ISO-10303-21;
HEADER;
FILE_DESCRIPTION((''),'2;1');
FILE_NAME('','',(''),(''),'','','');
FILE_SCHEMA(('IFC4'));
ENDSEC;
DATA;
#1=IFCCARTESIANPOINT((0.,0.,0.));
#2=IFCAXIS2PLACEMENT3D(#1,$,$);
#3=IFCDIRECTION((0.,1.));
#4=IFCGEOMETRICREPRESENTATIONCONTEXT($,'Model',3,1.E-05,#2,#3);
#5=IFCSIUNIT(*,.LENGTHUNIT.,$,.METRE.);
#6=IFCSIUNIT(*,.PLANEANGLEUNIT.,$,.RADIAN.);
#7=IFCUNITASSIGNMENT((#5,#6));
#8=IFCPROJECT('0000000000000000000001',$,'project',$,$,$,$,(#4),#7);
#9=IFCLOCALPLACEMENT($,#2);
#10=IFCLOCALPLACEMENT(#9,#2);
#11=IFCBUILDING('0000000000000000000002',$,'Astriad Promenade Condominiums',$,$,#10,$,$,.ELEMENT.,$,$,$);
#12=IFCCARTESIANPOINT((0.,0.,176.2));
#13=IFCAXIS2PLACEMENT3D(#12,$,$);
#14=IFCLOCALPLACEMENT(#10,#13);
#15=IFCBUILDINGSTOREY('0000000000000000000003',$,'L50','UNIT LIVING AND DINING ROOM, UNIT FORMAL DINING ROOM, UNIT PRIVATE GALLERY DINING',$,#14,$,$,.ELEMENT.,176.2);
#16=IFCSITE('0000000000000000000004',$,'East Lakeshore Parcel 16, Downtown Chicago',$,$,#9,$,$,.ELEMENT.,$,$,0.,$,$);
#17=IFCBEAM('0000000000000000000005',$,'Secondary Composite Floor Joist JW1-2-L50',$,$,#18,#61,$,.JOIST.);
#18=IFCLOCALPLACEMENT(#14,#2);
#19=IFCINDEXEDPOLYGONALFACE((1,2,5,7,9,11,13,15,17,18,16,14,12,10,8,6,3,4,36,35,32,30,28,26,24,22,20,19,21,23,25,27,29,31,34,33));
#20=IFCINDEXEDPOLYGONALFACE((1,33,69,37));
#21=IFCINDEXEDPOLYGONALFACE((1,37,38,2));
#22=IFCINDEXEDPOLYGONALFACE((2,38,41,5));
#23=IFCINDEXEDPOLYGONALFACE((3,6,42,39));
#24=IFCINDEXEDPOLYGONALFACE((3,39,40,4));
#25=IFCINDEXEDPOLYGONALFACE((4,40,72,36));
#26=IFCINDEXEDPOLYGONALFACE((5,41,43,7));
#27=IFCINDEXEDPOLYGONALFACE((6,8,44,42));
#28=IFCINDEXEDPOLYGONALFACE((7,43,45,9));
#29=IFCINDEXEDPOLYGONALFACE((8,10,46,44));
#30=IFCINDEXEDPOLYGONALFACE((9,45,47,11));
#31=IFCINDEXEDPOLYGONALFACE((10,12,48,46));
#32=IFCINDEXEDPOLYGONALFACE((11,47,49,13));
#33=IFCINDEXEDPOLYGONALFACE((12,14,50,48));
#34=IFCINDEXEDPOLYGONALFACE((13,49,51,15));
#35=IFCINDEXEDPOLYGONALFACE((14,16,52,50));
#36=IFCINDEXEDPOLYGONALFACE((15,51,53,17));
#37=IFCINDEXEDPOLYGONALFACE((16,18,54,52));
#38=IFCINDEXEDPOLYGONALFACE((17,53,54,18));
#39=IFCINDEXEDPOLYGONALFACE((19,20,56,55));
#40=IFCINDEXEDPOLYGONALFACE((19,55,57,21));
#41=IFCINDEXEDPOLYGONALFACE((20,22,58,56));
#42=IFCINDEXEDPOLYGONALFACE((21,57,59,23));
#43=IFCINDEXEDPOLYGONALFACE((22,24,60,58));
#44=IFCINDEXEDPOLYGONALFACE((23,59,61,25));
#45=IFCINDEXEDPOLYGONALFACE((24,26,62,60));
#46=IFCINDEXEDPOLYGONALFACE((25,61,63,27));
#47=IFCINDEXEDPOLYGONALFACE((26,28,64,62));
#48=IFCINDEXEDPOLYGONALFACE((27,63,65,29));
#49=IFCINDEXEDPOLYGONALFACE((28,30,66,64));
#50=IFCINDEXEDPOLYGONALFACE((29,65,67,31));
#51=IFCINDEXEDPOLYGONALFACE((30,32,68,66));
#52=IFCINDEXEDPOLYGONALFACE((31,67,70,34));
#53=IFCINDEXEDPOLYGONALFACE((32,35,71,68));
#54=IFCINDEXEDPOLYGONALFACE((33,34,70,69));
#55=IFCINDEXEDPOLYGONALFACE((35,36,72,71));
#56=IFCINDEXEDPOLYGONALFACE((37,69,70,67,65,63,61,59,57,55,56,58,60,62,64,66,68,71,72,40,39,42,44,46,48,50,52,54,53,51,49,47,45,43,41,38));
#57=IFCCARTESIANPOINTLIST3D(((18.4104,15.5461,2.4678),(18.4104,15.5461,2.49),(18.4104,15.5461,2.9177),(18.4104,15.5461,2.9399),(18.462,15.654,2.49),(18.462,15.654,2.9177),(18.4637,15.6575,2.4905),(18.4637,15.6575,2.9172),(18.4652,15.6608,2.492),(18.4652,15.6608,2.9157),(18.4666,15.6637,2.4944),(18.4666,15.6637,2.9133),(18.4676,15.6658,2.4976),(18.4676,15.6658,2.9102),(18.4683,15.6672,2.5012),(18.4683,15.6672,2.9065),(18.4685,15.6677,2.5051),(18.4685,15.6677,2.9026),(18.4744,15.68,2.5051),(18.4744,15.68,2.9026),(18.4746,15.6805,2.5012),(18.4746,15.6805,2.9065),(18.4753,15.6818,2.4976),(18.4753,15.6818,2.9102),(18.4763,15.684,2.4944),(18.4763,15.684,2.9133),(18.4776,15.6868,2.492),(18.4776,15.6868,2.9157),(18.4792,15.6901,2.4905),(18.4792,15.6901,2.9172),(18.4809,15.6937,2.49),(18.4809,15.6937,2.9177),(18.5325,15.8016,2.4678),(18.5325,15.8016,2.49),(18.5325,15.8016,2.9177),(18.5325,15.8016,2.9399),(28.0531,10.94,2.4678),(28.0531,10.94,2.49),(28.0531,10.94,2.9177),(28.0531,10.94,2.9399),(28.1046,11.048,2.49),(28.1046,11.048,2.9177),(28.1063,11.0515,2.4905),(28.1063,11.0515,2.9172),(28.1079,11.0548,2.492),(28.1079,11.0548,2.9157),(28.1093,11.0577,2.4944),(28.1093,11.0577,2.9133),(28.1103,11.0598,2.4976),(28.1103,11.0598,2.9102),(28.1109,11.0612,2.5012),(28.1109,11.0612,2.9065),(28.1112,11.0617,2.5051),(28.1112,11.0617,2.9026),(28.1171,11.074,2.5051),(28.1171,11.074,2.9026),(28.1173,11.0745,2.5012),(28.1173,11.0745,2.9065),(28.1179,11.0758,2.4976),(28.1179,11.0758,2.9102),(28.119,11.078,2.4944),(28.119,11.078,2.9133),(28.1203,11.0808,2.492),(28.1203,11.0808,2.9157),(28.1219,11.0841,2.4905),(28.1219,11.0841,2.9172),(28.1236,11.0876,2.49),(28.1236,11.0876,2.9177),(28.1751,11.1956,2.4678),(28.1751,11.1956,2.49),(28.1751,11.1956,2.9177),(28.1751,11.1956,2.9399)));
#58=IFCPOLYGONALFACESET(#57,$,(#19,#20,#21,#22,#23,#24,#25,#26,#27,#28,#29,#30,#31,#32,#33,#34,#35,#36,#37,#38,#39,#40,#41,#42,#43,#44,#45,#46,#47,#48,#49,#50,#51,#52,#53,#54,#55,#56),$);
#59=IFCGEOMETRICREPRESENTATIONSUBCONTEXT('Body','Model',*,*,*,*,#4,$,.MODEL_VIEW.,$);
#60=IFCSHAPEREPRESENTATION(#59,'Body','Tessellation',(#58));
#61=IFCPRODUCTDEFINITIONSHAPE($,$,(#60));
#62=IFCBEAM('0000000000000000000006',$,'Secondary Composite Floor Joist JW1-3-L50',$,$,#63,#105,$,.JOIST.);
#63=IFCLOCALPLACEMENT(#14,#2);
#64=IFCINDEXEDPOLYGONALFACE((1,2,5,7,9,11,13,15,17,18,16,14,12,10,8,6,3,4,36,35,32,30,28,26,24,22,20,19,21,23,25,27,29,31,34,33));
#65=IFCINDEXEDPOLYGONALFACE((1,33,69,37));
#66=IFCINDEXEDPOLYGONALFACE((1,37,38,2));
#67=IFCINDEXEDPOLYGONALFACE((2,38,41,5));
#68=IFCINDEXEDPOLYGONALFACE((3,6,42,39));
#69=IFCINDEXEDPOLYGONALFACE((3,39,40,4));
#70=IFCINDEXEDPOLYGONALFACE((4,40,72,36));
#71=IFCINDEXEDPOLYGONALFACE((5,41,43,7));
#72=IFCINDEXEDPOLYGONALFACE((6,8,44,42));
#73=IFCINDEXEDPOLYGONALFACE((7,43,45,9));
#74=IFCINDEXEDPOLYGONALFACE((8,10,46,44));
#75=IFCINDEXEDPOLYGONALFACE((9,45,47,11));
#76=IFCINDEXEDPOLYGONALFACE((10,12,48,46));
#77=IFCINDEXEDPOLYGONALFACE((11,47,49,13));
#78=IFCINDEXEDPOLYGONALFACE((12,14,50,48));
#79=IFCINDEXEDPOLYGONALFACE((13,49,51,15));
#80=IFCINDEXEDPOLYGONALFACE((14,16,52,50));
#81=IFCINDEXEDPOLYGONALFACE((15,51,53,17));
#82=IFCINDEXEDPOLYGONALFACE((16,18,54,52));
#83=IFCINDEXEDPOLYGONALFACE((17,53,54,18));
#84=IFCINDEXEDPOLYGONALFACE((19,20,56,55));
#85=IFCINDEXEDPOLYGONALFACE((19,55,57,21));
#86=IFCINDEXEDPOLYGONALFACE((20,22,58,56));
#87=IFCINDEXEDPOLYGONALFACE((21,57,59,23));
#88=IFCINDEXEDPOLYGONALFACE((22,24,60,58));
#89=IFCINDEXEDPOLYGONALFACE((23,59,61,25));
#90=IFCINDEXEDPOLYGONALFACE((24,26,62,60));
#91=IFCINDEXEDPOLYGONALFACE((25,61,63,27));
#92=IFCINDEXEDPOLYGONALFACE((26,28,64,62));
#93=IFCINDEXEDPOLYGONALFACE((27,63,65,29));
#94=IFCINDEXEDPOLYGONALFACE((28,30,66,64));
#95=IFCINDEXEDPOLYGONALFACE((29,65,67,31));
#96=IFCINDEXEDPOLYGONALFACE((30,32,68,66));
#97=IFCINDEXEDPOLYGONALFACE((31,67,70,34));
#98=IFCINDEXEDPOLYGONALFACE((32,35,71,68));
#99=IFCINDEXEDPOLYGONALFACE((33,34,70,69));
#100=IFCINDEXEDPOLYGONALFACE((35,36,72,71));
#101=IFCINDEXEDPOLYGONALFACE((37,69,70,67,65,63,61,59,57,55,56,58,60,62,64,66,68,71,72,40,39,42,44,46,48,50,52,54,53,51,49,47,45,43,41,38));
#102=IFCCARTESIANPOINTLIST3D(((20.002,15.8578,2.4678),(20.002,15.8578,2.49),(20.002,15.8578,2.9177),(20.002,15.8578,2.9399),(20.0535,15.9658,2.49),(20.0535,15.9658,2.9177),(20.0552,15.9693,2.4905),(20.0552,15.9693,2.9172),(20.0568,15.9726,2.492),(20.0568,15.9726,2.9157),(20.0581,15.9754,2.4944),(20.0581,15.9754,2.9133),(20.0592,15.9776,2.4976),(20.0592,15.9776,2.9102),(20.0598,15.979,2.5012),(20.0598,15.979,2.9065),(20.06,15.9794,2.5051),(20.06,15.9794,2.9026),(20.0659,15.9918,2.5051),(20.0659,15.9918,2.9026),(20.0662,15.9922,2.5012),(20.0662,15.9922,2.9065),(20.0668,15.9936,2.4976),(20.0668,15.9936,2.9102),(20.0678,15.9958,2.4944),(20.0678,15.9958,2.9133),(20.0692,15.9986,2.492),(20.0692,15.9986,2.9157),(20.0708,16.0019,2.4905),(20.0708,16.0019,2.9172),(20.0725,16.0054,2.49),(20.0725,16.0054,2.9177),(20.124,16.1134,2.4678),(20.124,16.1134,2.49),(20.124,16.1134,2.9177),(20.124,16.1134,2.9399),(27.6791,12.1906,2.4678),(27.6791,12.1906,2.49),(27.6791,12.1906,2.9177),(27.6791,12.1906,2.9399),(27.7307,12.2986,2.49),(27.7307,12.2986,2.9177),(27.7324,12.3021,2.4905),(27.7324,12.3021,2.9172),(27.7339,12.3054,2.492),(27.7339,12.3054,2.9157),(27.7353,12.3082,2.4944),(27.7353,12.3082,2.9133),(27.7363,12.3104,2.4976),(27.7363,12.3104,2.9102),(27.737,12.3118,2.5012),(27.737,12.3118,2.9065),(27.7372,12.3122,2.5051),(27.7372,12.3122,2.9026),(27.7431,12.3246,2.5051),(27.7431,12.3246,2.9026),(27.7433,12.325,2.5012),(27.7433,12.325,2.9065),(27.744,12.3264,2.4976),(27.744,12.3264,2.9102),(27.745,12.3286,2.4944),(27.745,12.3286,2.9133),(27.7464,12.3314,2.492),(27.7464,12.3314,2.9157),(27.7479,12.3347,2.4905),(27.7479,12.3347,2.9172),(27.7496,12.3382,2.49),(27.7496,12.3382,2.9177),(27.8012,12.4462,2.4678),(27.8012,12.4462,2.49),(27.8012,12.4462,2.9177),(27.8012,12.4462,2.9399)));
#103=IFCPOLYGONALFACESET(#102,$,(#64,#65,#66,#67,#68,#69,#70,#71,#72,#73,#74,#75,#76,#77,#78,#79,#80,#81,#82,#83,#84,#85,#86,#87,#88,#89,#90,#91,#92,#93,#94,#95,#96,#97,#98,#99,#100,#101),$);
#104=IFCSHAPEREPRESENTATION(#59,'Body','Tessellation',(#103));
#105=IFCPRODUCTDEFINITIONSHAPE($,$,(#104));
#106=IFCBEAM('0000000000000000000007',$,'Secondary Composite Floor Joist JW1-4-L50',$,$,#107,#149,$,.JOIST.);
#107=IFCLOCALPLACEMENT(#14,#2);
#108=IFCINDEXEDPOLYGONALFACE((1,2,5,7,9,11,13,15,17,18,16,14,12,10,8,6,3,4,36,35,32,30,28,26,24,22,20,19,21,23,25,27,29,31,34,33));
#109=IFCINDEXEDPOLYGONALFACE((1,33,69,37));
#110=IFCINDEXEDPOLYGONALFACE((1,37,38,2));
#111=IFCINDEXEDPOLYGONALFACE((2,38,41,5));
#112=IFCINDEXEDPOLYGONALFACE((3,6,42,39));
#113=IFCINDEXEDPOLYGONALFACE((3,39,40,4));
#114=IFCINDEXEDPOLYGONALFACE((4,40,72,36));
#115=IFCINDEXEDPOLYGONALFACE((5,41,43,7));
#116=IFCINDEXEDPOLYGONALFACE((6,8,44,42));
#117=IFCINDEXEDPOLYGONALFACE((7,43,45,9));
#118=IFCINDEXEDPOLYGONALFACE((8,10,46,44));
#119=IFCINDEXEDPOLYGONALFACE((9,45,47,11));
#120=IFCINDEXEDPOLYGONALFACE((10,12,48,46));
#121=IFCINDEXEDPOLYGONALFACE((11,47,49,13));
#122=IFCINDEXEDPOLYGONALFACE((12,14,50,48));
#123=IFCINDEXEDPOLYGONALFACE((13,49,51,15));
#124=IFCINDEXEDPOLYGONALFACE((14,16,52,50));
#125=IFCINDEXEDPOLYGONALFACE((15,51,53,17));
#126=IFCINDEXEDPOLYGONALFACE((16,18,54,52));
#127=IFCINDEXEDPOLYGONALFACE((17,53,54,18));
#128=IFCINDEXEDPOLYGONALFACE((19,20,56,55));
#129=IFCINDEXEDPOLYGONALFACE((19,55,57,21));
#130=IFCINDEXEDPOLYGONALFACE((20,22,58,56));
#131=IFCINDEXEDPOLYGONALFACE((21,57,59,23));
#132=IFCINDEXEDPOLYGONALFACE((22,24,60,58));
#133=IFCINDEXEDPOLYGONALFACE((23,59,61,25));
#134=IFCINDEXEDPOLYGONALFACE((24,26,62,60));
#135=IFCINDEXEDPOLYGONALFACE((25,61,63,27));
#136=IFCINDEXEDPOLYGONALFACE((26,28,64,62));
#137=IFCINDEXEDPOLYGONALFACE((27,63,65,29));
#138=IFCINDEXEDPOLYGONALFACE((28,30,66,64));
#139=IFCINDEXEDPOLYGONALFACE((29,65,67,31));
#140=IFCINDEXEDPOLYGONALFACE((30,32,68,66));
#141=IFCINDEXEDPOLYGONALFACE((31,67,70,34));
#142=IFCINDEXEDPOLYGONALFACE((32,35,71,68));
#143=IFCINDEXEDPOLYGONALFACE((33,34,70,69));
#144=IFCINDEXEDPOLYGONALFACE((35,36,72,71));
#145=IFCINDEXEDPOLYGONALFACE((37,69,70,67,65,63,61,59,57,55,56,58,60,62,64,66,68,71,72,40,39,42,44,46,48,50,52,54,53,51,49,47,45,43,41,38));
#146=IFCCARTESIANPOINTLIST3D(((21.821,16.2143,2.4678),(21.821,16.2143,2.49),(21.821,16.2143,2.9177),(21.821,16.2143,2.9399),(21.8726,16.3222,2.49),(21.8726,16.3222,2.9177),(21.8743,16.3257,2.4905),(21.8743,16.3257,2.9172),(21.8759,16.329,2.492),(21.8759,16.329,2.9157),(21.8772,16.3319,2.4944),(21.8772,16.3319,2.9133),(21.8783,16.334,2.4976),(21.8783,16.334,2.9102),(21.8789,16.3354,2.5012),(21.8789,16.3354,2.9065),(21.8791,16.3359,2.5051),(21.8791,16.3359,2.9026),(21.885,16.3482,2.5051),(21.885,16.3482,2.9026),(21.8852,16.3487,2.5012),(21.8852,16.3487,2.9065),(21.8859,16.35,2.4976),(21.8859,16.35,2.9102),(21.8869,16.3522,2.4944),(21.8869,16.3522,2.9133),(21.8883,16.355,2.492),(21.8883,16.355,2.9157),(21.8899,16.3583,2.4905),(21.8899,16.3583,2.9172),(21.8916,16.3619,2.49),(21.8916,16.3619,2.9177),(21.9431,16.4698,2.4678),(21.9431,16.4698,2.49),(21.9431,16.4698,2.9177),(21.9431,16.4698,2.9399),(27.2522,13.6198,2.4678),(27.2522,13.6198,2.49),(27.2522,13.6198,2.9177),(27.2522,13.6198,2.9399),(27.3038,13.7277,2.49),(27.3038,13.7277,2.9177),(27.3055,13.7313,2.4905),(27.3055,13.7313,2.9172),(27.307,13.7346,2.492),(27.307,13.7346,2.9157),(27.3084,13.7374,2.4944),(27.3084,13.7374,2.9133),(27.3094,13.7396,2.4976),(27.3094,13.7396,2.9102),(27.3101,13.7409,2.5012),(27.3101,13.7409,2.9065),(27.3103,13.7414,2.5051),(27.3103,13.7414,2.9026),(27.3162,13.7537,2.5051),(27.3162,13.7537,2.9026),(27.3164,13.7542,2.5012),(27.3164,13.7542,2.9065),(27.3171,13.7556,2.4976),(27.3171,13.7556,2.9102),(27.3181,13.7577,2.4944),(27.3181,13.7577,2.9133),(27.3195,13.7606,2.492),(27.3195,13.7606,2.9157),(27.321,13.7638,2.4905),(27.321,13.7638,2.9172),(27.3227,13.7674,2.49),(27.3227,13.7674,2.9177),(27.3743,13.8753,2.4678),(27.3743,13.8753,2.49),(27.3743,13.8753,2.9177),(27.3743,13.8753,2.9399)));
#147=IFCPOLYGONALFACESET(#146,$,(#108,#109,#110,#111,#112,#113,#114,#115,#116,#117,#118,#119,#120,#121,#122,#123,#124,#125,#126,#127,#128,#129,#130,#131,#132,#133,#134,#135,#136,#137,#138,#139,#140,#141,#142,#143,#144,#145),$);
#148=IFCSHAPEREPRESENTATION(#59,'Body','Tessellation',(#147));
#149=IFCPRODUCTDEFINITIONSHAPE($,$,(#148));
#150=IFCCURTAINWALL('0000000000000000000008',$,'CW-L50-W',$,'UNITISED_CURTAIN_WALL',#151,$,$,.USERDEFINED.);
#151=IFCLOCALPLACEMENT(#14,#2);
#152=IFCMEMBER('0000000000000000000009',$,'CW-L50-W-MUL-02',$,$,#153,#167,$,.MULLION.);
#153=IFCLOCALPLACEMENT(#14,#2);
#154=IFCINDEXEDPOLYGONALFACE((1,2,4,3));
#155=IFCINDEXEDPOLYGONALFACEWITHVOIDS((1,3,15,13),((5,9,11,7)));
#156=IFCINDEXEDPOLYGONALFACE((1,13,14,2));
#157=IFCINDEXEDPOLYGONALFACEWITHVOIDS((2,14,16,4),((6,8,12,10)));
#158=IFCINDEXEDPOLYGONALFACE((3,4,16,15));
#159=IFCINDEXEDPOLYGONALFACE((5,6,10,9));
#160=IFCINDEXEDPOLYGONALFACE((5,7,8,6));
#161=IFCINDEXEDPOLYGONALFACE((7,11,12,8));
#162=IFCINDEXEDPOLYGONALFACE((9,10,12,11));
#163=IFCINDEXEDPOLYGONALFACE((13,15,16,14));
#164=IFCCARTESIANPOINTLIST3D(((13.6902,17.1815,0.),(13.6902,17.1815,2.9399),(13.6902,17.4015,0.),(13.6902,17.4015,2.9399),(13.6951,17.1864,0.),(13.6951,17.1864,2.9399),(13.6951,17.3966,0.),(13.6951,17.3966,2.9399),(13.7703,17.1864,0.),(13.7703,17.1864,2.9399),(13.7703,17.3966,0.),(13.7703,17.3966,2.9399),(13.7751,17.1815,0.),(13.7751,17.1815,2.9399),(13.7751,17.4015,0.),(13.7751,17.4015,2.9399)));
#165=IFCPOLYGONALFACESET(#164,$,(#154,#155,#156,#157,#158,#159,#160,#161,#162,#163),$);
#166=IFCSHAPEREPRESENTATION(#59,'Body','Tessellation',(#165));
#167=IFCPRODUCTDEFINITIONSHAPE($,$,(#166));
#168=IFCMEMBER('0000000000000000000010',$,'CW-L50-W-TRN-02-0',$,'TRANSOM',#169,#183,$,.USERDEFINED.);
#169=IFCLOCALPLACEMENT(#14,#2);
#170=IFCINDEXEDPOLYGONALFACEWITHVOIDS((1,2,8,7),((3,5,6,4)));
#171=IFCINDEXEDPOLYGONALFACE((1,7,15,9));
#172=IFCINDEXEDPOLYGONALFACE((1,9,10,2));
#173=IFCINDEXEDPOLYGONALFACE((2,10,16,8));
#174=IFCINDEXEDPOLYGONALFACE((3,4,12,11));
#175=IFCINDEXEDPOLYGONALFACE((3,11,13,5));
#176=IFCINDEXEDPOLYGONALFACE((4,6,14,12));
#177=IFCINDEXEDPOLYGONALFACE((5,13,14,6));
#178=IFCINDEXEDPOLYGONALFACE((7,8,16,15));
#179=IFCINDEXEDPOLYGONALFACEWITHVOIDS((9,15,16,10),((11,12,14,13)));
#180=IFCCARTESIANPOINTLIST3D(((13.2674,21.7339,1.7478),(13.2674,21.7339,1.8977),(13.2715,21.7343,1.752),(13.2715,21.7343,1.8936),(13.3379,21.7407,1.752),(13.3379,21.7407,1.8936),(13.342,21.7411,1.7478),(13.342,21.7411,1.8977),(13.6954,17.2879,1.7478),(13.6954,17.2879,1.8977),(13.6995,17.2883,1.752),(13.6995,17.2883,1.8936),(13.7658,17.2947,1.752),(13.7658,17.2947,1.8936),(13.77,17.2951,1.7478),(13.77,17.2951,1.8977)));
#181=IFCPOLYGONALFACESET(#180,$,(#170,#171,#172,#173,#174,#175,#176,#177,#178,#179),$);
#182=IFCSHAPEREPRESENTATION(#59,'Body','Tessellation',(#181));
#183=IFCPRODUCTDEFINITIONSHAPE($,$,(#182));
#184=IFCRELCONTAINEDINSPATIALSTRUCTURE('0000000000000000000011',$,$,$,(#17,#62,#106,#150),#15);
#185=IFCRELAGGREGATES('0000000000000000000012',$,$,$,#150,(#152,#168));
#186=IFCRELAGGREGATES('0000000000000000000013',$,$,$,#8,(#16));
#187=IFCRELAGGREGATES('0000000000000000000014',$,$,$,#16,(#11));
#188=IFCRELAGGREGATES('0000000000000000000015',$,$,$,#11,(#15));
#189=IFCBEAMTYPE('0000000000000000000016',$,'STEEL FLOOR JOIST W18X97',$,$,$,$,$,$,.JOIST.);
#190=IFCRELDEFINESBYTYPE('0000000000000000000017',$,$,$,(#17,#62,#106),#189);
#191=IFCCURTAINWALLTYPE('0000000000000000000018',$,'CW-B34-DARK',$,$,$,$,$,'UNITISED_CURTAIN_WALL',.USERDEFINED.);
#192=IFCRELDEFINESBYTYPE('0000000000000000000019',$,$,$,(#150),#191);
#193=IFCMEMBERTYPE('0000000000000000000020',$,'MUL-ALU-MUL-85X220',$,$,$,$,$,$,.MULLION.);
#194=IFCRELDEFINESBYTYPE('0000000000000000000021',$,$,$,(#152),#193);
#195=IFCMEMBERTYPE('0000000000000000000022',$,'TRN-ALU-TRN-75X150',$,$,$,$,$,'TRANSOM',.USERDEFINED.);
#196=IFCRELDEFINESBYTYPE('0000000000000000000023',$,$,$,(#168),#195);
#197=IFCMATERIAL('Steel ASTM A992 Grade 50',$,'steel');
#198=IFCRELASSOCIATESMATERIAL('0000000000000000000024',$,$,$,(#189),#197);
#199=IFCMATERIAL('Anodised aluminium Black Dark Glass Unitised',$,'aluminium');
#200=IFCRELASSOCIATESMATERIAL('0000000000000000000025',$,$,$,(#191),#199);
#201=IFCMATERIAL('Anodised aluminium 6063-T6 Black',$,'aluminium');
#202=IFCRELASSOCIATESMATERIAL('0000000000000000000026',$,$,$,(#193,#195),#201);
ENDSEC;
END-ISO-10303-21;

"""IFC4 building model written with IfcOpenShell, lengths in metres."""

from ifc_helpers import new_model, si_unit, direction, frame, origin, origin_2d, place, context, subcontext, project, spatial, hollow_rectangle, i_section, extrude, source, transform, mapped, material, material_profile, profile_set, type_object, type_shapes, element, aggregate, save


model = new_model("IFC4")

# Units and contexts
model_context = context("Model", 3, precision=1e-05, world=origin(), true_north=direction((0.0, 1.0)))
body_context = subcontext(model_context, "Body", "Model", "MODEL_VIEW")
ifc_project = project(units=[si_unit("LENGTHUNIT", "METRE"), si_unit("PLANEANGLEUNIT", "RADIAN")], contexts=[model_context])

# Site, building, storey
site_placement = place(None, origin())
site = spatial("IfcSite", under=ifc_project, at=site_placement, Name="East Lakeshore Parcel 16, Downtown Chicago", CompositionType="ELEMENT", RefElevation=0.0)
building_placement = place(site_placement, origin())
building = spatial("IfcBuilding", under=site, at=building_placement, Name="Astriad Promenade Condominiums", CompositionType="ELEMENT")
storey_placement = place(building_placement, frame((0.0, 0.0, 176.2)))
storey = spatial("IfcBuildingStorey", under=building, at=storey_placement, Name="L50", Description="UNIT LIVING AND DINING ROOM, UNIT FORMAL DINING ROOM, UNIT PRIVATE GALLERY DINING", CompositionType="ELEMENT", Elevation=176.2)

# Beams
ifc_material_1 = material(Name="Steel ASTM A992 Grade 50", Category="steel")
ifc_material_profile_1 = material_profile(ifc_material_1, i_section(OverallWidth=0.2832, OverallDepth=0.4722, WebThickness=0.0137, FlangeThickness=0.0222, FilletRadius=0.0151, at=origin_2d()), Name="W18X97")
ifc_profile_set_1 = profile_set([ifc_material_profile_1], Name="Steel ASTM A992 Grade 50")
beam_type_1 = type_object("IfcBeamType", Name="STEEL FLOOR JOIST W18X97", PredefinedType="JOIST", material=ifc_profile_set_1)
shared_shape_1 = source(origin(), body_context, "Body", "SweptSolid", [
    extrude(i_section(OverallWidth=0.2832, OverallDepth=0.4722, WebThickness=0.0137, FlangeThickness=0.0222, FilletRadius=0.0151, at=origin_2d()), origin(), (0.0, 0.0, 1.0), 10.6863),
])
beam_1_placement = place(storey_placement, frame((18.4714, 15.6738, 2.7039), z_axis=(0.902342, -0.431021, 0.0), x_axis=(0.431021, 0.902342, 0.0)))
element("IfcBeam", 1, at=beam_1_placement, inside=storey, type_object=beam_type_1, Name="Secondary Composite Floor Joist JW1-2-L50", PredefinedType="JOIST", context=body_context, shape_type="MappedRepresentation", body=[
    mapped(shared_shape_1, transform((0.0, 0.0, 0.0), scale=1.0)),
])
shared_shape_2 = source(origin(), body_context, "Body", "SweptSolid", [
    extrude(i_section(OverallWidth=0.2832, OverallDepth=0.4722, WebThickness=0.0137, FlangeThickness=0.0222, FilletRadius=0.0151, at=origin_2d()), origin(), (0.0, 0.0, 1.0), 8.5081),
])
beam_2_placement = place(storey_placement, frame((20.063, 15.9856, 2.7039), z_axis=(0.90234, -0.431026, 0.0), x_axis=(0.431026, 0.90234, 0.0)))
element("IfcBeam", 2, at=beam_2_placement, inside=storey, type_object=beam_type_1, Name="Secondary Composite Floor Joist JW1-3-L50", PredefinedType="JOIST", context=body_context, shape_type="MappedRepresentation", body=[
    mapped(shared_shape_2, transform((0.0, 0.0, 0.0), scale=1.0)),
])
shared_shape_3 = source(origin(), body_context, "Body", "SweptSolid", [
    extrude(i_section(OverallWidth=0.2832, OverallDepth=0.4722, WebThickness=0.0137, FlangeThickness=0.0222, FilletRadius=0.0151, at=origin_2d()), origin(), (0.0, 0.0, 1.0), 6.019),
])
beam_3_placement = place(storey_placement, frame((21.8821, 16.342, 2.7039), z_axis=(0.90233, -0.431046, 0.0), x_axis=(0.431046, 0.90233, 0.0)))
element("IfcBeam", 3, at=beam_3_placement, inside=storey, type_object=beam_type_1, Name="Secondary Composite Floor Joist JW1-4-L50", PredefinedType="JOIST", context=body_context, shape_type="MappedRepresentation", body=[
    mapped(shared_shape_3, transform((0.0, 0.0, 0.0), scale=1.0)),
])

# Curtain wall, members
ifc_material_2 = material(Name="Anodised aluminium Black Dark Glass Unitised", Category="aluminium")
curtain_wall_type = type_object("IfcCurtainWallType", Name="CW-B34-DARK", ElementType="UNITISED_CURTAIN_WALL", PredefinedType="USERDEFINED", material=ifc_material_2)
curtain_wall_placement = place(storey_placement, origin())
curtain_wall = element("IfcCurtainWall", 4, at=curtain_wall_placement, inside=storey, type_object=curtain_wall_type, Name="CW-L50-W", ObjectType="UNITISED_CURTAIN_WALL", PredefinedType="USERDEFINED")
ifc_material_3 = material(Name="Anodised aluminium 6063-T6 Black", Category="aluminium")
ifc_material_profile_2 = material_profile(ifc_material_3, hollow_rectangle(XDim=0.085, YDim=0.22, WallThickness=0.0049, at=origin_2d()), Name="ALU-MUL-85X220")
ifc_profile_set_2 = profile_set([ifc_material_profile_2], Name="Anodised aluminium 6063-T6 Black")
member_type_1 = type_object("IfcMemberType", Name="MUL-ALU-MUL-85X220", PredefinedType="MULLION", material=ifc_profile_set_2)
shared_shape_4 = source(origin(), body_context, "Body", "SweptSolid", [
    extrude(hollow_rectangle(XDim=0.085, YDim=0.22, WallThickness=0.0049, at=origin_2d()), origin(), (0.0, 0.0, 1.0), 2.9399),
])
type_shapes(member_type_1, [shared_shape_4])
member_1_placement = place(storey_placement, frame((13.7327, 17.2915, 0.0), z_axis=(0.0, 0.0, 1.0), x_axis=(1.0, 0.0, 0.0)))
member_1 = element("IfcMember", 5, at=member_1_placement, type_object=member_type_1, Name="CW-L50-W-MUL-02", PredefinedType="MULLION", context=body_context, shape_type="MappedRepresentation", body=[
    mapped(shared_shape_4, transform((0.0, 0.0, 0.0), scale=1.0)),
])
ifc_material_profile_3 = material_profile(ifc_material_3, hollow_rectangle(XDim=0.075, YDim=0.1499, WallThickness=0.0042, at=origin_2d()), Name="ALU-TRN-75X150")
ifc_profile_set_3 = profile_set([ifc_material_profile_3], Name="Anodised aluminium 6063-T6 Black")
member_type_2 = type_object("IfcMemberType", Name="TRN-ALU-TRN-75X150", ElementType="TRANSOM", PredefinedType="USERDEFINED", material=ifc_profile_set_3)
shared_shape_5 = source(origin(), body_context, "Body", "SweptSolid", [
    extrude(hollow_rectangle(XDim=0.075, YDim=0.1499, WallThickness=0.0042, at=origin_2d()), origin(), (0.0, 0.0, 1.0), 4.4666),
])
type_shapes(member_type_2, [shared_shape_5])
member_2_placement = place(storey_placement, frame((13.7327, 17.2915, 1.8228), z_axis=(-0.095818, 0.995399, 0.0), x_axis=(-0.995399, -0.095818, 0.0)))
member_2 = element("IfcMember", 6, at=member_2_placement, type_object=member_type_2, Name="CW-L50-W-TRN-02-0", ObjectType="TRANSOM", PredefinedType="USERDEFINED", context=body_context, shape_type="MappedRepresentation", body=[
    mapped(shared_shape_5, transform((0.0, 0.0, 0.0), scale=1.0)),
])
aggregate(curtain_wall, [member_1, member_2])

save(model, "model.ifc")
